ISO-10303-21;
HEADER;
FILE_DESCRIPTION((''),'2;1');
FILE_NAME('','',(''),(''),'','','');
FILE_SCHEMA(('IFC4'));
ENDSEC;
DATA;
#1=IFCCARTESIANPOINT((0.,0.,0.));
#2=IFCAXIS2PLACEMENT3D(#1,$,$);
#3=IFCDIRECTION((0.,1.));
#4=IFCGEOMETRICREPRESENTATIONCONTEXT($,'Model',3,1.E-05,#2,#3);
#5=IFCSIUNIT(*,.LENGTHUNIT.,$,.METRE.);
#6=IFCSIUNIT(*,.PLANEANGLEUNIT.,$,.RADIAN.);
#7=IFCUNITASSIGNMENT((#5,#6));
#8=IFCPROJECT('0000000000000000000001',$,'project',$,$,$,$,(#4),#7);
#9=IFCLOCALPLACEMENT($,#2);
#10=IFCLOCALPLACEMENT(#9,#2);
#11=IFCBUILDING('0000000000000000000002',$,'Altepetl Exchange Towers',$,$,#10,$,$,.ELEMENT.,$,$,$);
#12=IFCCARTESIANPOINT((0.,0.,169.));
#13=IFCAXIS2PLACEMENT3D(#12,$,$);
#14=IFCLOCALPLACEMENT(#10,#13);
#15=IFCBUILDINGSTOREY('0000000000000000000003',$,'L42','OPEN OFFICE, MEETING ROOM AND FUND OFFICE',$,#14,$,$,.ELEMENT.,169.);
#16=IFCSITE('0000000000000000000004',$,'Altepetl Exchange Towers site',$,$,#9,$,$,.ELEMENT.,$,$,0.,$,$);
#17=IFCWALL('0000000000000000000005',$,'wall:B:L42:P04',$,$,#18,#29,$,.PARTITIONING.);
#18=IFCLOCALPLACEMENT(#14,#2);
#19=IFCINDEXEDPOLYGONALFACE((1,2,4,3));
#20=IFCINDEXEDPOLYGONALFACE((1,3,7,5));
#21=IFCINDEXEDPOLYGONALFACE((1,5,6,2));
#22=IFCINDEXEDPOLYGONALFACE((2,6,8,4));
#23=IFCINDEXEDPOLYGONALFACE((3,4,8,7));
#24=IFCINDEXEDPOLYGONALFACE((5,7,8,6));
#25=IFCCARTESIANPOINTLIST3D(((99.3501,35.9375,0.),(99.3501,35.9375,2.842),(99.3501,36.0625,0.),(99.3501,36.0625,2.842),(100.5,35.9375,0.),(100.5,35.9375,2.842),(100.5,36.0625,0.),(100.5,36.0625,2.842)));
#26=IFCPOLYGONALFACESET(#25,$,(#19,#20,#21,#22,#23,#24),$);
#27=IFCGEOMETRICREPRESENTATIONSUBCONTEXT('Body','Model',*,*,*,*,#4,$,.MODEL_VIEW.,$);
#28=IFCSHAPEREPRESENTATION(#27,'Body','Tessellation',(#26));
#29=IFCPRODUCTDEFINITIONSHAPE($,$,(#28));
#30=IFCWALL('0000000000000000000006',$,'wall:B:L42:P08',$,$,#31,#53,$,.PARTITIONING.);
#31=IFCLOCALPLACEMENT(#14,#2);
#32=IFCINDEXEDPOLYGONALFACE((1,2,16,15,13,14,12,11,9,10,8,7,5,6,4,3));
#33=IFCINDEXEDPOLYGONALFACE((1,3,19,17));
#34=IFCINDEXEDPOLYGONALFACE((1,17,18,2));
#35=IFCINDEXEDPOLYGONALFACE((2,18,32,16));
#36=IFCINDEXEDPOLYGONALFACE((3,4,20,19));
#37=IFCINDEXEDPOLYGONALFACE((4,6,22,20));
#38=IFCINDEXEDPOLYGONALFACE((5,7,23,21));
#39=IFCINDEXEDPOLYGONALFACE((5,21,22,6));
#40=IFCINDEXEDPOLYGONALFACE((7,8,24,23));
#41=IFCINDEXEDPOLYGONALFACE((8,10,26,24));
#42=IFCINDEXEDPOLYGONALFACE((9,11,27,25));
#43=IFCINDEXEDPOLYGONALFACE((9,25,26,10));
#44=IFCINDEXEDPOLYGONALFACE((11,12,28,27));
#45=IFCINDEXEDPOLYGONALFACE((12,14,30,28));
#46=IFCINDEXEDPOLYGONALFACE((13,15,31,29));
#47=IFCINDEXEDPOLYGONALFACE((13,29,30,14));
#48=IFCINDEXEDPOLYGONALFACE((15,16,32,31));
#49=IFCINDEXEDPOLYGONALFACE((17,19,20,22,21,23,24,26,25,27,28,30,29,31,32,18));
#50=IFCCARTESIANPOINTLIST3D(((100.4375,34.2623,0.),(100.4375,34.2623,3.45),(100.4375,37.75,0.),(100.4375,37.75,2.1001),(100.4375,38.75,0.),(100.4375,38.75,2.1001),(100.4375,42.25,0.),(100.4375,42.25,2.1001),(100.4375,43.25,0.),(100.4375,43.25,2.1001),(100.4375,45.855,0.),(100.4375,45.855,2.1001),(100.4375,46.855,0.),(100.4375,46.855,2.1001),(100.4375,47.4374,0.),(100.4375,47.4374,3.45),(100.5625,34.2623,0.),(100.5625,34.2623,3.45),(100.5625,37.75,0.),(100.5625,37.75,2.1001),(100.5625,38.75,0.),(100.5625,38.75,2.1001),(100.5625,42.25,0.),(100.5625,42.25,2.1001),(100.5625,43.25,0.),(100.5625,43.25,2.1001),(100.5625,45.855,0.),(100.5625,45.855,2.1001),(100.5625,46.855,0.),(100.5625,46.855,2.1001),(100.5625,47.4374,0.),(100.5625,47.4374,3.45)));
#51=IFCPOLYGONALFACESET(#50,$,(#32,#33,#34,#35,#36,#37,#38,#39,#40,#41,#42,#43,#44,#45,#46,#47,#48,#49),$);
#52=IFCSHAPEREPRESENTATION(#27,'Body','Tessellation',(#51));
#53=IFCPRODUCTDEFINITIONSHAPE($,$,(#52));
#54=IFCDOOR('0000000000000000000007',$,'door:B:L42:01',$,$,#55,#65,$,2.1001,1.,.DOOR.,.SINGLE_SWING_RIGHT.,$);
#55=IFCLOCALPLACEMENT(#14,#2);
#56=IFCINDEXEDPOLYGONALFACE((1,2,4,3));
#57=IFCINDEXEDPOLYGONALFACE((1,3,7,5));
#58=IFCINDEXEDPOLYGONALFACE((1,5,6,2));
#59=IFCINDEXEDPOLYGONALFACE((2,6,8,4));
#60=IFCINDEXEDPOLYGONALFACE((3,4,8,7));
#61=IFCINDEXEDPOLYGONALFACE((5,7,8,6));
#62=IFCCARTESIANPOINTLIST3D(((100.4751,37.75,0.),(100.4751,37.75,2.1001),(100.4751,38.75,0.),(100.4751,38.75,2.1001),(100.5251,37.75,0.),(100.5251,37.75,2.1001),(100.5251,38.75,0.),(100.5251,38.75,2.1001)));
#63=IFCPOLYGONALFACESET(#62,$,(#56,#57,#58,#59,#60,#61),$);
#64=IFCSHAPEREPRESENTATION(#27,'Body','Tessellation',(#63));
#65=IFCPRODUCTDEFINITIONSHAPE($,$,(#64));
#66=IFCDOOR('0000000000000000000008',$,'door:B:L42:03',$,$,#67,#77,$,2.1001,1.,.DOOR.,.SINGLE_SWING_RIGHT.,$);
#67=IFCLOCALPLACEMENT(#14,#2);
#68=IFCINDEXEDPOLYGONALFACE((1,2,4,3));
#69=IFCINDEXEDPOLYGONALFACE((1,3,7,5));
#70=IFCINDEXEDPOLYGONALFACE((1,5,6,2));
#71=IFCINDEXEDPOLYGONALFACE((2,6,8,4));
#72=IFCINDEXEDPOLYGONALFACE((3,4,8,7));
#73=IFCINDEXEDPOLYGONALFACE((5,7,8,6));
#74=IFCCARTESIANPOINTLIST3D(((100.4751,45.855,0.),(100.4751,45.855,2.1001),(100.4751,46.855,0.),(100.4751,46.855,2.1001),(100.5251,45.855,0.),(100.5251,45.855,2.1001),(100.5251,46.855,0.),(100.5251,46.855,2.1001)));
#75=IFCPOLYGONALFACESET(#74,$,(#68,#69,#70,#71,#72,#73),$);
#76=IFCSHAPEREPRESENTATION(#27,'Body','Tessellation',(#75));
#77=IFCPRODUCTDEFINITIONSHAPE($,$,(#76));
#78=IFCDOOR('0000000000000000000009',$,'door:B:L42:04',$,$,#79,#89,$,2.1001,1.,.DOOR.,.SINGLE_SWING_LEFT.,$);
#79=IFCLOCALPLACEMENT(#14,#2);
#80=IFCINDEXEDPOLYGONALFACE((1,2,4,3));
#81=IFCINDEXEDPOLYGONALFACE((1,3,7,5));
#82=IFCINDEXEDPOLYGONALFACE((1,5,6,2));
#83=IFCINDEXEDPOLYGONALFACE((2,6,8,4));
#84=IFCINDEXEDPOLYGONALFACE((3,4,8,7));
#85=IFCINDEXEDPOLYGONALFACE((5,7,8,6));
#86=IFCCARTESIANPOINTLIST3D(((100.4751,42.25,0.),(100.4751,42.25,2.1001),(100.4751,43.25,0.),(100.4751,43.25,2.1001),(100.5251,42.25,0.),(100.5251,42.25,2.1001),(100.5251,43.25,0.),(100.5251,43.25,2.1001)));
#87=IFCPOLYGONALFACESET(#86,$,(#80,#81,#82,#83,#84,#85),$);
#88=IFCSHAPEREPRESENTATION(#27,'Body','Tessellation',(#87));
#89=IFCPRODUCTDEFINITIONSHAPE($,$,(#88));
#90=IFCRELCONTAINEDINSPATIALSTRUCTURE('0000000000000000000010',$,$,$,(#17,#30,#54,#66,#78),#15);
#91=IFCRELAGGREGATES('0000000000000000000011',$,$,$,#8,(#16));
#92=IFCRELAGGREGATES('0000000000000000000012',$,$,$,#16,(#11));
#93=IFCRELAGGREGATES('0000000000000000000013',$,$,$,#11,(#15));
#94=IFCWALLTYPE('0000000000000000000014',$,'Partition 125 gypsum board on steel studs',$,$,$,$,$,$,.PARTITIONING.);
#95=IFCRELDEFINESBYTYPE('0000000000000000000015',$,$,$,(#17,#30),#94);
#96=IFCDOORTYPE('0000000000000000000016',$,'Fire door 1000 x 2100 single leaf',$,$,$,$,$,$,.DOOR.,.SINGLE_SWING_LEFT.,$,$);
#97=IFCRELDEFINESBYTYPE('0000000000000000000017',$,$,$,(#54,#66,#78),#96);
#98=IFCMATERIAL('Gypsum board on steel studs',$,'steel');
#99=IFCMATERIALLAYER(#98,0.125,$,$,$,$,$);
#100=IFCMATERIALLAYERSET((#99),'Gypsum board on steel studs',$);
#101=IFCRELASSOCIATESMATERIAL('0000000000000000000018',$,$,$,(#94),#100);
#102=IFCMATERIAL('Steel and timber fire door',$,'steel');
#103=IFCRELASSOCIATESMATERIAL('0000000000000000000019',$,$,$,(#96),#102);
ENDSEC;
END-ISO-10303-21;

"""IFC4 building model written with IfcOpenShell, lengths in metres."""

from ifc_helpers import new_model, si_unit, direction, frame, frame_2d, origin, place, context, subcontext, project, spatial, rectangle, extrude, material, layer, layer_set, type_object, element, fill, save


model = new_model("IFC4")

# Units and contexts
model_context = context("Model", 3, precision=1e-05, world=origin(), true_north=direction((0.0, 1.0)))
body_context = subcontext(model_context, "Body", "Model", "MODEL_VIEW")
ifc_project = project(units=[si_unit("LENGTHUNIT", "METRE"), si_unit("PLANEANGLEUNIT", "RADIAN")], contexts=[model_context])

# Site, building, storey
site_placement = place(None, origin())
site = spatial("IfcSite", under=ifc_project, at=site_placement, Name="Altepetl Exchange Towers site", CompositionType="ELEMENT", RefElevation=0.0)
building_placement = place(site_placement, origin())
building = spatial("IfcBuilding", under=site, at=building_placement, Name="Altepetl Exchange Towers", CompositionType="ELEMENT")
storey_placement = place(building_placement, frame((0.0, 0.0, 169.0)))
storey = spatial("IfcBuildingStorey", under=building, at=storey_placement, Name="L42", Description="OPEN OFFICE, MEETING ROOM AND FUND OFFICE", CompositionType="ELEMENT", Elevation=169.0)

# Shared definitions
ifc_material_1 = material(Name="Gypsum board on steel studs", Category="steel")
ifc_layer_1 = layer(ifc_material_1, 0.125)
ifc_layer_set_1 = layer_set([ifc_layer_1], Name="Gypsum board on steel studs")
wall_type_1 = type_object("IfcWallType", Name="Partition 125 gypsum board on steel studs", PredefinedType="PARTITIONING", material=ifc_layer_set_1)
ifc_material_2 = material(Name="Steel and timber fire door", Category="steel")
door_type_1 = type_object("IfcDoorType", Name="Fire door 1000 x 2100 single leaf", OperationType="SINGLE_SWING_LEFT", PredefinedType="DOOR", material=ifc_material_2)

# Wall
wall_1_placement = place(storey_placement, frame((99.3501, 36.0, 0.0)))
element("IfcWall", 1, at=wall_1_placement, inside=storey, type_object=wall_type_1, Name="wall:B:L42:P04", PredefinedType="PARTITIONING", context=body_context, shape_type="SweptSolid", body=[
    extrude(rectangle(XDim=1.1499, YDim=0.125, at=frame_2d((0.575, 0.0))), origin(), (0.0, 0.0, 1.0), 2.842),
])

# Wall, openings, doors
wall_2_placement = place(storey_placement, frame((100.5, 34.2625, 0.0), z_axis=(0.0, 0.0, 1.0), x_axis=(0.0, 1.0, 0.0)))
wall_2 = element("IfcWall", 2, at=wall_2_placement, inside=storey, type_object=wall_type_1, Name="wall:B:L42:P08", PredefinedType="PARTITIONING", context=body_context, shape_type="SweptSolid", body=[
    extrude(rectangle(XDim=13.175, YDim=0.125, at=frame_2d((6.5874, 0.0))), origin(), (0.0, 0.0, 1.0), 3.45),
])
opening_1_placement = place(wall_2_placement, frame((3.4875, 0.0, 0.0)))
opening_1 = element("IfcOpeningElement", 3, at=opening_1_placement, cuts=wall_2, PredefinedType="OPENING", context=body_context, shape_type="SweptSolid", body=[
    extrude(rectangle(XDim=1.0, YDim=2.1001, at=frame_2d((0.5, 1.05))), frame((0.0, 0.0725, 0.0), z_axis=(0.0, -1.0, 0.0), x_axis=(1.0, 0.0, 0.0)), (0.0, 0.0, 1.0), 0.145),
])
opening_2_placement = place(wall_2_placement, frame((11.5925, 0.0, 0.0)))
opening_2 = element("IfcOpeningElement", 4, at=opening_2_placement, cuts=wall_2, PredefinedType="OPENING", context=body_context, shape_type="SweptSolid", body=[
    extrude(rectangle(XDim=1.0, YDim=2.1001, at=frame_2d((0.5, 1.05))), frame((0.0, 0.0725, 0.0), z_axis=(0.0, -1.0, 0.0), x_axis=(1.0, 0.0, 0.0)), (0.0, 0.0, 1.0), 0.145),
])
opening_3_placement = place(wall_2_placement, frame((7.9875, 0.0, 0.0)))
opening_3 = element("IfcOpeningElement", 5, at=opening_3_placement, cuts=wall_2, PredefinedType="OPENING", context=body_context, shape_type="SweptSolid", body=[
    extrude(rectangle(XDim=1.0, YDim=2.1001, at=frame_2d((0.5, 1.05))), frame((0.0, 0.0725, 0.0), z_axis=(0.0, -1.0, 0.0), x_axis=(1.0, 0.0, 0.0)), (0.0, 0.0, 1.0), 0.145),
])
door_1_placement = place(opening_1_placement, origin())
door_1 = element("IfcDoor", 6, at=door_1_placement, inside=storey, type_object=door_type_1, Name="door:B:L42:01", OperationType="SINGLE_SWING_RIGHT", OverallHeight=2.1001, OverallWidth=1.0, PredefinedType="DOOR", context=body_context, shape_type="SweptSolid", body=[
    extrude(rectangle(XDim=1.0, YDim=2.1001, at=frame_2d((0.5, 1.05))), frame((0.0, 0.0249, 0.0), z_axis=(0.0, -1.0, 0.0), x_axis=(1.0, 0.0, 0.0)), (0.0, 0.0, 1.0), 0.05),
])
fill(opening_1, door_1)
door_2_placement = place(opening_2_placement, origin())
door_2 = element("IfcDoor", 7, at=door_2_placement, inside=storey, type_object=door_type_1, Name="door:B:L42:03", OperationType="SINGLE_SWING_RIGHT", OverallHeight=2.1001, OverallWidth=1.0, PredefinedType="DOOR", context=body_context, shape_type="SweptSolid", body=[
    extrude(rectangle(XDim=1.0, YDim=2.1001, at=frame_2d((0.5, 1.05))), frame((0.0, 0.0249, 0.0), z_axis=(0.0, -1.0, 0.0), x_axis=(1.0, 0.0, 0.0)), (0.0, 0.0, 1.0), 0.05),
])
fill(opening_2, door_2)
door_3_placement = place(opening_3_placement, origin())
door_3 = element("IfcDoor", 8, at=door_3_placement, inside=storey, type_object=door_type_1, Name="door:B:L42:04", OperationType="SINGLE_SWING_LEFT", OverallHeight=2.1001, OverallWidth=1.0, PredefinedType="DOOR", context=body_context, shape_type="SweptSolid", body=[
    extrude(rectangle(XDim=1.0, YDim=2.1001, at=frame_2d((0.5, 1.05))), frame((0.0, 0.0249, 0.0), z_axis=(0.0, -1.0, 0.0), x_axis=(1.0, 0.0, 0.0)), (0.0, 0.0, 1.0), 0.05),
])
fill(opening_3, door_3)

save(model, "model.ifc")
